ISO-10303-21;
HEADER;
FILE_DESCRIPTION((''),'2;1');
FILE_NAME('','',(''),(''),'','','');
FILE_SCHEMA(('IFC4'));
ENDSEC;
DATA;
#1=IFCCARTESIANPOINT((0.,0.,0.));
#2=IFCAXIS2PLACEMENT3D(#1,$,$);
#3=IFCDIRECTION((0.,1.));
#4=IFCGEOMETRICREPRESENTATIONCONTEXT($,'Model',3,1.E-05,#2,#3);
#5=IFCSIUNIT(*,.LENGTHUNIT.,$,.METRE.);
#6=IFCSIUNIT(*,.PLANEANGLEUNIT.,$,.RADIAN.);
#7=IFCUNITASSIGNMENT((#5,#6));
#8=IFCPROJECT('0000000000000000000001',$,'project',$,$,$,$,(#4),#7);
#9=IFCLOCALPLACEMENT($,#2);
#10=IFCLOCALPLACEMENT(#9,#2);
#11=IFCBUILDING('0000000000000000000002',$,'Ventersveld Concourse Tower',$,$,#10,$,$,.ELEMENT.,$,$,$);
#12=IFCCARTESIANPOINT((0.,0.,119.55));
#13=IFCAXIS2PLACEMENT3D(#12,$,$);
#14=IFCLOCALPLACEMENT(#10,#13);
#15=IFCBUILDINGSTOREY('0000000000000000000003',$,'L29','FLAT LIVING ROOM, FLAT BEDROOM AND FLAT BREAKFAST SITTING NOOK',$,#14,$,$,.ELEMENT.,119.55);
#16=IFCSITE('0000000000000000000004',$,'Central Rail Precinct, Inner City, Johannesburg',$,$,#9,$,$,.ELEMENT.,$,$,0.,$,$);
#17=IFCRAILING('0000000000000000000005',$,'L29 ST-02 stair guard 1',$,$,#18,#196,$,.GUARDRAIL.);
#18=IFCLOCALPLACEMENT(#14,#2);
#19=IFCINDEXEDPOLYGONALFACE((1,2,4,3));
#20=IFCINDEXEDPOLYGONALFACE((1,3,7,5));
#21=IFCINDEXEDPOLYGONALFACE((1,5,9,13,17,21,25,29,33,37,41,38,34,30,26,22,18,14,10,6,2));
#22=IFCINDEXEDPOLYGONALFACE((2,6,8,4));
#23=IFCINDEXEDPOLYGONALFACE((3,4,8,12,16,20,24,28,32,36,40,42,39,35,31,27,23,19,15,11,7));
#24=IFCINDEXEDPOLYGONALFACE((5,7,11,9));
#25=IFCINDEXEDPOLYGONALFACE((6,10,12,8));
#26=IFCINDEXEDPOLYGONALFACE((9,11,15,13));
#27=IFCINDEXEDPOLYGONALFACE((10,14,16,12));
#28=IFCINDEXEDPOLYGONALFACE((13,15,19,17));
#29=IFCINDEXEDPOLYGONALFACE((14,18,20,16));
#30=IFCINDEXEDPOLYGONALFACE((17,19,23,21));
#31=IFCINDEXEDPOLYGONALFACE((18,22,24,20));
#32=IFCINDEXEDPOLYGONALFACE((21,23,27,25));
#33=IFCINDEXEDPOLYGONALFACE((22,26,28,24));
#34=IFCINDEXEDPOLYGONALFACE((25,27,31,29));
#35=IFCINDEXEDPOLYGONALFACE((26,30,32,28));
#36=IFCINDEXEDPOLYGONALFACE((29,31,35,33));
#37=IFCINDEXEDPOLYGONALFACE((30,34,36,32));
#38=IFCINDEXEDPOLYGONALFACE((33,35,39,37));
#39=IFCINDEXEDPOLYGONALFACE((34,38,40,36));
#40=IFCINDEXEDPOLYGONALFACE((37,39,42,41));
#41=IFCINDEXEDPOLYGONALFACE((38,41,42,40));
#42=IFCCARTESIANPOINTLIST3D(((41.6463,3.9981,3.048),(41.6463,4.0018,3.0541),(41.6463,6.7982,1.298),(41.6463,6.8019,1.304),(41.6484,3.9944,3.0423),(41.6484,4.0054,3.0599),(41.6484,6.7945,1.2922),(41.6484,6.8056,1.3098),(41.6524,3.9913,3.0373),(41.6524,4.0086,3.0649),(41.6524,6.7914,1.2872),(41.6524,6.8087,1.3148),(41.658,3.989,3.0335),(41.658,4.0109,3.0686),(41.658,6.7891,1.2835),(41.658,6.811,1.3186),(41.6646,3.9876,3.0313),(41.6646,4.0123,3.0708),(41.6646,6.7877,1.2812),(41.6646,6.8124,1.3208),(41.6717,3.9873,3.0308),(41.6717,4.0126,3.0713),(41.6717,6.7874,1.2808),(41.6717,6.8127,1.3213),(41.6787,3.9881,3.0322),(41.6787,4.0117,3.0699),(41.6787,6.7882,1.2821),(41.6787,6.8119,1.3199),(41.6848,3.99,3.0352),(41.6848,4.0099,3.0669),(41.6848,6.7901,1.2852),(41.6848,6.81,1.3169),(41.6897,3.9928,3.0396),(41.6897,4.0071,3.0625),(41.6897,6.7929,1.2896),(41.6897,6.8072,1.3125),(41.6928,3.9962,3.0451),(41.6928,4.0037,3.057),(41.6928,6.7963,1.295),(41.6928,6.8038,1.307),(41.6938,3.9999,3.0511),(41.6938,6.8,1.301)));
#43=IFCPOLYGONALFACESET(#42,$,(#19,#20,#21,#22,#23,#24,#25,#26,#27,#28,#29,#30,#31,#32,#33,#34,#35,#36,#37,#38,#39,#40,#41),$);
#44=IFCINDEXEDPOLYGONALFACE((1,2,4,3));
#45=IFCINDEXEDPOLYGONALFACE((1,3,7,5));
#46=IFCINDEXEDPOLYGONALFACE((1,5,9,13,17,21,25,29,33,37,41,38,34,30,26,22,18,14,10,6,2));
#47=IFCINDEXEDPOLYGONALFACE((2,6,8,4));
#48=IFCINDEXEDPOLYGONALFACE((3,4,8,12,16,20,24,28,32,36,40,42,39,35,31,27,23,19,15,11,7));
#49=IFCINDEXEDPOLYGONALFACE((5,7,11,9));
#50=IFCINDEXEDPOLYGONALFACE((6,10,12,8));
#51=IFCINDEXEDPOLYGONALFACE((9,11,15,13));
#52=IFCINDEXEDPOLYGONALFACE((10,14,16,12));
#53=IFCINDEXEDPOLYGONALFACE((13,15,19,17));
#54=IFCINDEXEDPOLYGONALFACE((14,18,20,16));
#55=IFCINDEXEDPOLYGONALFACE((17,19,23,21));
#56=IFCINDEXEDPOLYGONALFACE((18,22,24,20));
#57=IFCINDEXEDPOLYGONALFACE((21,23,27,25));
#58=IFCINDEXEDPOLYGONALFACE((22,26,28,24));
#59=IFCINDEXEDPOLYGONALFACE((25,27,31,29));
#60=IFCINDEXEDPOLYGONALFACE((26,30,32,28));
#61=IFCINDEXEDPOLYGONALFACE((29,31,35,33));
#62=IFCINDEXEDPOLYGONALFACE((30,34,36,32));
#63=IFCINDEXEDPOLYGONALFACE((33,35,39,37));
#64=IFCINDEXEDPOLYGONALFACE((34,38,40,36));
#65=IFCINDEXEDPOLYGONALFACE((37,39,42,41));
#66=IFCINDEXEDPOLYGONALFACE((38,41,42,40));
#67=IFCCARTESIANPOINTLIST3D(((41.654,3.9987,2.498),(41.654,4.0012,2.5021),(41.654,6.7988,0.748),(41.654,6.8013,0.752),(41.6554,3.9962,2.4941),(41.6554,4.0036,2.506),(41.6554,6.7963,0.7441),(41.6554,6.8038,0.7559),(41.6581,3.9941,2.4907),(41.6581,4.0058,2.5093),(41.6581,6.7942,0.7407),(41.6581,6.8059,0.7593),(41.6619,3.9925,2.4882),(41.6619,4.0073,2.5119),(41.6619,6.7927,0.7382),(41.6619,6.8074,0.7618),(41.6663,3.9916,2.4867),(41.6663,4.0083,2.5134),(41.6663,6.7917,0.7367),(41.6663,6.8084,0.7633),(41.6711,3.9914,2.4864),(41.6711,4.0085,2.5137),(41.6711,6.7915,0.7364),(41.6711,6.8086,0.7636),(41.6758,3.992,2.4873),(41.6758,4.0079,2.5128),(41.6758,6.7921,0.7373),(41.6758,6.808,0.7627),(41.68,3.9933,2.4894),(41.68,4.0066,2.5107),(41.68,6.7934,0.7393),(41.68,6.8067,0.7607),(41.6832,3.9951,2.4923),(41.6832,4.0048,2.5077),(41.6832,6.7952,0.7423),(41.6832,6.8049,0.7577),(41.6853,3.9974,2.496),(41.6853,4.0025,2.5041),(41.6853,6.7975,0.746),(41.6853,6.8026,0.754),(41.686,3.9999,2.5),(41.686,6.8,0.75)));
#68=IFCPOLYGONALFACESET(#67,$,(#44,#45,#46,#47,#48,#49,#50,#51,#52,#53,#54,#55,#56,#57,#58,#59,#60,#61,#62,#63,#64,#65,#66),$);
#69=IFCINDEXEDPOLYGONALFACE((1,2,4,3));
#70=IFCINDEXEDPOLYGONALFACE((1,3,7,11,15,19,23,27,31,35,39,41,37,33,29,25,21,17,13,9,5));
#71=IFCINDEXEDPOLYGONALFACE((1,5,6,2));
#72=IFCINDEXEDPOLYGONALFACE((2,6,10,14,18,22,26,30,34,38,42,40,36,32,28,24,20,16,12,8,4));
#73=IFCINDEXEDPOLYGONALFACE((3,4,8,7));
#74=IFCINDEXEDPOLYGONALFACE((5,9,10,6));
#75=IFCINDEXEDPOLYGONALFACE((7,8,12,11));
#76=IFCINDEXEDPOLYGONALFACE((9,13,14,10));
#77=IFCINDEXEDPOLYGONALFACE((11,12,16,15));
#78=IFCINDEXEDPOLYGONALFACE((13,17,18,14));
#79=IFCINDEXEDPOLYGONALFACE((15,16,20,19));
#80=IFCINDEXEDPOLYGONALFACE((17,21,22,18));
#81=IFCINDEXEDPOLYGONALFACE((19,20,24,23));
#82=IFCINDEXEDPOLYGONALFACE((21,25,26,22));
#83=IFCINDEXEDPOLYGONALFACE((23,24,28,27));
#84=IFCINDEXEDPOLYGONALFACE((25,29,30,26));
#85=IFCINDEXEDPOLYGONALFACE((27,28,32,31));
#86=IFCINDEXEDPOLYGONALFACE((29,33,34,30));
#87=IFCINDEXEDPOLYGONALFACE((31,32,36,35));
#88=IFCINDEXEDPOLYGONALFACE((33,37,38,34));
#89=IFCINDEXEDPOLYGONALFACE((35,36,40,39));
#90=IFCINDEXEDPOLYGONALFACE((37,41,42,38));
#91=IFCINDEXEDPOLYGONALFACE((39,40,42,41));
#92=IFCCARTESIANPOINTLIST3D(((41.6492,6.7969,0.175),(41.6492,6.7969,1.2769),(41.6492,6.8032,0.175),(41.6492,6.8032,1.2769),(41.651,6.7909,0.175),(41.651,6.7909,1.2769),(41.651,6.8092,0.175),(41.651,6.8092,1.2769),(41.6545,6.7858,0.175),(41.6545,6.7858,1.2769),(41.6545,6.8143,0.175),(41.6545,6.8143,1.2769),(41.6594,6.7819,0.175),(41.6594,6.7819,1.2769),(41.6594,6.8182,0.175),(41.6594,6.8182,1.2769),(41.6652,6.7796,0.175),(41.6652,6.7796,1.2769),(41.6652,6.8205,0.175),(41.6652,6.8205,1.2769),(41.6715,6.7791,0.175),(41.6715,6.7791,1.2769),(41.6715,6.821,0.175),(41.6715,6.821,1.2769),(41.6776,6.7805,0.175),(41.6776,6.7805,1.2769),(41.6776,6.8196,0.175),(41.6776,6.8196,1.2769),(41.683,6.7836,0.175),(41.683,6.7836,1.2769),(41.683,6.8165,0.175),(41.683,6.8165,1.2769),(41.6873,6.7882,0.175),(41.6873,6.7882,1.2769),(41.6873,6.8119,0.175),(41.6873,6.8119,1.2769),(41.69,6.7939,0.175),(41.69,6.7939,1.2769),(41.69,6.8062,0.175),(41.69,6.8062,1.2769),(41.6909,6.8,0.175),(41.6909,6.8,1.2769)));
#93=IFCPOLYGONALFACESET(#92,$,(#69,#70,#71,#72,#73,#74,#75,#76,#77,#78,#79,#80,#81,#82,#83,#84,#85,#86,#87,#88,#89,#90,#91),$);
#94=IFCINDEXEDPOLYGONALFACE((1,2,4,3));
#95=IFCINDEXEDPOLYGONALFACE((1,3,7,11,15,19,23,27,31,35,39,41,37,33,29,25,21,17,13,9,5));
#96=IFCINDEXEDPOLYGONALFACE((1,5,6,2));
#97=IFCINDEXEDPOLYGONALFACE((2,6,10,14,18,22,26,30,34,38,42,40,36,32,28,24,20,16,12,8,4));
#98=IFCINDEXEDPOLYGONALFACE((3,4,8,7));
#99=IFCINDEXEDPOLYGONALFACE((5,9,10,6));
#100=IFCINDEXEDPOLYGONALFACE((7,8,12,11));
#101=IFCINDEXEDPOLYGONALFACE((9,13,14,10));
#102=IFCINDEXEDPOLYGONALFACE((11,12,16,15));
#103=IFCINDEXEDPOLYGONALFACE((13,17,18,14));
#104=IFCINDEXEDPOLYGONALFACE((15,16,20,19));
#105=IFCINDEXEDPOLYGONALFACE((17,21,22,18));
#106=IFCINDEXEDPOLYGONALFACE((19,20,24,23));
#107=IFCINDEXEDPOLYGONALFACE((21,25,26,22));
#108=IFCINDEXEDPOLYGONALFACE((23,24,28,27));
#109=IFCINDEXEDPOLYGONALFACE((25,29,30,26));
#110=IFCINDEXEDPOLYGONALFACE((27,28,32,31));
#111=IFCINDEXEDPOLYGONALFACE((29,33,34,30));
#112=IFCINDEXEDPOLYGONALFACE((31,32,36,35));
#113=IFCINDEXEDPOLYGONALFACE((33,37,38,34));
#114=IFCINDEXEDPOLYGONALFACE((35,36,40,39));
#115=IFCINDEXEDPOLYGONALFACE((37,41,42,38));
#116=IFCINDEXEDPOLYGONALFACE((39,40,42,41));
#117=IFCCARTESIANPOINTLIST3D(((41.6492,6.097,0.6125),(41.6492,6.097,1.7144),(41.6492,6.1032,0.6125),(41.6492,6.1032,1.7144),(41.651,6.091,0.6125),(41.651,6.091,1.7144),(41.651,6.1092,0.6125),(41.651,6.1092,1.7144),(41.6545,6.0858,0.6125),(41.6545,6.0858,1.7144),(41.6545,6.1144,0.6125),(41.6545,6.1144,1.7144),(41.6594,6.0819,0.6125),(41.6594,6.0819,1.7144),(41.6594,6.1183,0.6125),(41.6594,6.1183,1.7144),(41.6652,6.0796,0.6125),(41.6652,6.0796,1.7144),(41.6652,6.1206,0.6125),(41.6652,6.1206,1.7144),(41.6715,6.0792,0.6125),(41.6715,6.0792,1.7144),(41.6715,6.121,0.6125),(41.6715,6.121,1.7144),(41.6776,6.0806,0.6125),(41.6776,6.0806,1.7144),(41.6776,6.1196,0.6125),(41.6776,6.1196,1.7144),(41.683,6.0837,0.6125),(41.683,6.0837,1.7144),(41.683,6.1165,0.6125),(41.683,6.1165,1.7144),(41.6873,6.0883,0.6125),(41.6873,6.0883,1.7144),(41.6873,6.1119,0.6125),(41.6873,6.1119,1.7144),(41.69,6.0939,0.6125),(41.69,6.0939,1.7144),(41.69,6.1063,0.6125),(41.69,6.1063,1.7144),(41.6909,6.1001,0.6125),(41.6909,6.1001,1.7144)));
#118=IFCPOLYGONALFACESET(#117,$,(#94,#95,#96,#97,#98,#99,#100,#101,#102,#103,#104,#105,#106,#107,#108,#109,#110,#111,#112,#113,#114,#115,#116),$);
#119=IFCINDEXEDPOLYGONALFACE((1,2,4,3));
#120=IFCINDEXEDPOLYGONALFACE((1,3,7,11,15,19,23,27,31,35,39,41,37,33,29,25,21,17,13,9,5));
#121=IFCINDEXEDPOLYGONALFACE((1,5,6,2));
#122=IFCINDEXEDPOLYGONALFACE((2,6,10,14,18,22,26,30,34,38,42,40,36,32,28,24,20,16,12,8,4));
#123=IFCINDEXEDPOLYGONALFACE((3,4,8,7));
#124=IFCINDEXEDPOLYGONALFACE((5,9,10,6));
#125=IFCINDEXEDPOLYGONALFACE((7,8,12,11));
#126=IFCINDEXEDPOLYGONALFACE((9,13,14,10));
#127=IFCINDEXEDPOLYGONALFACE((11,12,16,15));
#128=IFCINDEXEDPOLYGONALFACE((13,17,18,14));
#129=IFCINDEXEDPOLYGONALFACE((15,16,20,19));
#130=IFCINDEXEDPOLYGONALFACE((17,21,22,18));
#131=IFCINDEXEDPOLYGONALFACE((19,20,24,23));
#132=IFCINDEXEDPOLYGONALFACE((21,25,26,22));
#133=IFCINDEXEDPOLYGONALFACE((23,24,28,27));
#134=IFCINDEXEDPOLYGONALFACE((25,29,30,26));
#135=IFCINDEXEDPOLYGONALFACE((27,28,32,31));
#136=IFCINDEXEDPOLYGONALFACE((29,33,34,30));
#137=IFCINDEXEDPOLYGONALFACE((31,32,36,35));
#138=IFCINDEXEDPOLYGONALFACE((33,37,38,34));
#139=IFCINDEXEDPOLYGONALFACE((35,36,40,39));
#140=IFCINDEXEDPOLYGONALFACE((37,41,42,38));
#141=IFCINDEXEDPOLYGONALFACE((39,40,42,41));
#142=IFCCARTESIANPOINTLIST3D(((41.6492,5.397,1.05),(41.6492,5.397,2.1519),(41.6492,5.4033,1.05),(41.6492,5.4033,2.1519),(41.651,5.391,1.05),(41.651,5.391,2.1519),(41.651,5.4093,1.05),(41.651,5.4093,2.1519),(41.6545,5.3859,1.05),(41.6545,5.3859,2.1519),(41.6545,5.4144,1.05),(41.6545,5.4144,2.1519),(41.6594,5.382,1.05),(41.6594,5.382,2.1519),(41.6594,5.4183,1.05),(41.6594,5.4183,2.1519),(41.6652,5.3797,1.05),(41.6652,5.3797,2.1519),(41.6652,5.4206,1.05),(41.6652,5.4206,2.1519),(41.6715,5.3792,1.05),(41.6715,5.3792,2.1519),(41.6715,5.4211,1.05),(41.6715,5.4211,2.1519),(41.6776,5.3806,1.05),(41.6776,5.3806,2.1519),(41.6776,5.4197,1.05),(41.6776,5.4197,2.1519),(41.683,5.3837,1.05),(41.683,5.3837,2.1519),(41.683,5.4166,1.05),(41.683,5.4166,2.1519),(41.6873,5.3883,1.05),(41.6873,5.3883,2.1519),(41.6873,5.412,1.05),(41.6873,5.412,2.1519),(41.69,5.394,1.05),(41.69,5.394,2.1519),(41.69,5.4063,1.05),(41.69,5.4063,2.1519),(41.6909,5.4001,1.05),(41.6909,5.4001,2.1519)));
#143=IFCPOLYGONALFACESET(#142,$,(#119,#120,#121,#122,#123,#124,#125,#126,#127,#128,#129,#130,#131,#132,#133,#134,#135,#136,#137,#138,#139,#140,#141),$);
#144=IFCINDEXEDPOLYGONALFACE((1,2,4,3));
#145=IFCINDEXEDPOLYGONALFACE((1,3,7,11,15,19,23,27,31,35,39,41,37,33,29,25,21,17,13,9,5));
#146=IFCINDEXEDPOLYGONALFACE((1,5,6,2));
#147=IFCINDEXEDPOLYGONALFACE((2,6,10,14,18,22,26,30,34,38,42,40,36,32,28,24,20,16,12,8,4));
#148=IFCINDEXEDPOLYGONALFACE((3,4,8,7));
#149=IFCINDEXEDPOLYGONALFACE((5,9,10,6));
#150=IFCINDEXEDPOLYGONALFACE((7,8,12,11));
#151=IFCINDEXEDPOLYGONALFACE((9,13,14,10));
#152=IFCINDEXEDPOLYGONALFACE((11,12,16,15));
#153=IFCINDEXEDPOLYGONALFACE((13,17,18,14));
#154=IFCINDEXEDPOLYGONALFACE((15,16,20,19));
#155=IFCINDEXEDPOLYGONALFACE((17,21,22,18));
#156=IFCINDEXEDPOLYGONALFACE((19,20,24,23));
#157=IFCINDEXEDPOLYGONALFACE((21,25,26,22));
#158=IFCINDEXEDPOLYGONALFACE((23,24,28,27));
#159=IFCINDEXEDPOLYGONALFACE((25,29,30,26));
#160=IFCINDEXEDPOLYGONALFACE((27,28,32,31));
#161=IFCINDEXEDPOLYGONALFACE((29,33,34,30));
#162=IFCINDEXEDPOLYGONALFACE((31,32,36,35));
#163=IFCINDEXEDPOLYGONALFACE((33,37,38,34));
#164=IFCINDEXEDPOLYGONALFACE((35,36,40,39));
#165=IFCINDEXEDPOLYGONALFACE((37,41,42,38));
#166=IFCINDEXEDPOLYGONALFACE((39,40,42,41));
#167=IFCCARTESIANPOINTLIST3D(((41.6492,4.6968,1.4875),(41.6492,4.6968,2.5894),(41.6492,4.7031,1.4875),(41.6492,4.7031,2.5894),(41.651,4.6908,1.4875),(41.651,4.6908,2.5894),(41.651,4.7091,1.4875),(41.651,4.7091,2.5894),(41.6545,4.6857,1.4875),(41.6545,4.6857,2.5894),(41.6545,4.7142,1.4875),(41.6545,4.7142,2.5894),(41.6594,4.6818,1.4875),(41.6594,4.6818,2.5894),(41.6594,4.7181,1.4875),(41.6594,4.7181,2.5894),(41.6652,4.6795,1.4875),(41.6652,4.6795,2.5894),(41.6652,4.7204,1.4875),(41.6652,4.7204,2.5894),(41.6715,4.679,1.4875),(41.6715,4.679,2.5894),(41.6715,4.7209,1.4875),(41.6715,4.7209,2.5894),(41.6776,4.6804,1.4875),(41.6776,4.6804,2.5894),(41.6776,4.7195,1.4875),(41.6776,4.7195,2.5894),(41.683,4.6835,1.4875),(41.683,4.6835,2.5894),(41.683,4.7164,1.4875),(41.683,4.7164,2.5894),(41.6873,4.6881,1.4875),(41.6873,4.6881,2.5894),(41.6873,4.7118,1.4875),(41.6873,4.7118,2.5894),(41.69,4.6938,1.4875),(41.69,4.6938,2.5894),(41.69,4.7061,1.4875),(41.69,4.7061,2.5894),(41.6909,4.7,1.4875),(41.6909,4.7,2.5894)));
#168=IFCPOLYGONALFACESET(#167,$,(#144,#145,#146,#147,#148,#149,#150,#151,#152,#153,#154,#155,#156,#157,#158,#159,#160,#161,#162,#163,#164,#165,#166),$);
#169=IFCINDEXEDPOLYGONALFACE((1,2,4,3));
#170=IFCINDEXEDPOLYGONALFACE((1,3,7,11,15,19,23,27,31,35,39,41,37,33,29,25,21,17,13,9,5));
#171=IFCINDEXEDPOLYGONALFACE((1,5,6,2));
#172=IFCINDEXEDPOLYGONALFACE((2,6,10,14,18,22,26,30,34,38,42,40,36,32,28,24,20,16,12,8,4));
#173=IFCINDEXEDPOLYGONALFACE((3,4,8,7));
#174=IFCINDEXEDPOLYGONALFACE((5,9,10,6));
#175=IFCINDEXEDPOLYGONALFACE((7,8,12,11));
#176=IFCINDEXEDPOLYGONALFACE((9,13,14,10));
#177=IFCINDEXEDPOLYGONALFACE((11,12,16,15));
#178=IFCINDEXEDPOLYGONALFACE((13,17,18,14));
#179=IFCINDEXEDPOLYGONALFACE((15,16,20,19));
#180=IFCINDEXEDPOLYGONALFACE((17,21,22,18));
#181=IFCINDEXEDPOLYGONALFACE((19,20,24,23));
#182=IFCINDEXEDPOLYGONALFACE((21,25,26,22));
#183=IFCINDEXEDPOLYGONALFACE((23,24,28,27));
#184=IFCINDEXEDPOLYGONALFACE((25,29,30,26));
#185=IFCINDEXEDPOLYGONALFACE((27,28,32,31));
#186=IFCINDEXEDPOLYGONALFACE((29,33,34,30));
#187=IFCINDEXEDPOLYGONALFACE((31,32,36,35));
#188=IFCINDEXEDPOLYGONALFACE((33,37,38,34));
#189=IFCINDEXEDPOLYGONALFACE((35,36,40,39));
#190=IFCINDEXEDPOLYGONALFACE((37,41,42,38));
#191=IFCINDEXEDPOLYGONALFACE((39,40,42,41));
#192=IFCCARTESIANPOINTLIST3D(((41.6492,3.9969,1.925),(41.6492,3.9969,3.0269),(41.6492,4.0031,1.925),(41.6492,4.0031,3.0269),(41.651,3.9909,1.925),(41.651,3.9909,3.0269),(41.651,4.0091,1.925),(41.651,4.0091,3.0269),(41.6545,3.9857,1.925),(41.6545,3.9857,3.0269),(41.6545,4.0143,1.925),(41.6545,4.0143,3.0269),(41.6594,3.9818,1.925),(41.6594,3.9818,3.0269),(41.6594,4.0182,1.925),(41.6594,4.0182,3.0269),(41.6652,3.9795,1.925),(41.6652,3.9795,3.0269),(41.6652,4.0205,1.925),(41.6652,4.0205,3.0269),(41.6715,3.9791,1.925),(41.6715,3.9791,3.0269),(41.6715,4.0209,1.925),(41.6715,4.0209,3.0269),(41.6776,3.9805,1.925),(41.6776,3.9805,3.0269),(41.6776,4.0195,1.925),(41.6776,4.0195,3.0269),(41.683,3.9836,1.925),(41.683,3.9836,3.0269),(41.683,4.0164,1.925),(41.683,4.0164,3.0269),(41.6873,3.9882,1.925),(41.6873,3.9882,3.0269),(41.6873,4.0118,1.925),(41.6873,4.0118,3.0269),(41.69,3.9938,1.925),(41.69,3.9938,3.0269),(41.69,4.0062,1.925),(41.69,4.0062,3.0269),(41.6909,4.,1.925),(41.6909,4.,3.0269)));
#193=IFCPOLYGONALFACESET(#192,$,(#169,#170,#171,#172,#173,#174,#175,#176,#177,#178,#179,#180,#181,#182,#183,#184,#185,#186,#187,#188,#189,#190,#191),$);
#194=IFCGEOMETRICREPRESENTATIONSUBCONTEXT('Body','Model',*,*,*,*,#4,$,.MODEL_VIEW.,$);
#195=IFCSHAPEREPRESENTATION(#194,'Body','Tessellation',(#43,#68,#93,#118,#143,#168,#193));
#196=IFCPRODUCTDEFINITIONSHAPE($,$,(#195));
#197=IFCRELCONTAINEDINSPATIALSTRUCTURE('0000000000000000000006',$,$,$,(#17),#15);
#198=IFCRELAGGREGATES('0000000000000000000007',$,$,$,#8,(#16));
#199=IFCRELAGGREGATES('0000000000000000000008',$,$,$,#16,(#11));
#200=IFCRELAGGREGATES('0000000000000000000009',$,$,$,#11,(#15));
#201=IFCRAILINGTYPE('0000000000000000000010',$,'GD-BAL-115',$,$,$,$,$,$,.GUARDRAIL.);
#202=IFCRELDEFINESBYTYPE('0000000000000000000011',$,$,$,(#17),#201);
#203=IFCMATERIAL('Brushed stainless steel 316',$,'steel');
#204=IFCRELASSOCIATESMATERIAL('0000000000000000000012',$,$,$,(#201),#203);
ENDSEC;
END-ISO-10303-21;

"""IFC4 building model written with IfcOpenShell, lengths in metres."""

from ifc_helpers import new_model, si_unit, direction, frame, origin, origin_2d, place, context, subcontext, project, spatial, circle, extrude, material, type_object, element, save


model = new_model("IFC4")

# Units and contexts
model_context = context("Model", 3, precision=1e-05, world=origin(), true_north=direction((0.0, 1.0)))
body_context = subcontext(model_context, "Body", "Model", "MODEL_VIEW")
ifc_project = project(units=[si_unit("LENGTHUNIT", "METRE"), si_unit("PLANEANGLEUNIT", "RADIAN")], contexts=[model_context])

# Site, building, storey
site_placement = place(None, origin())
site = spatial("IfcSite", under=ifc_project, at=site_placement, Name="Central Rail Precinct, Inner City, Johannesburg", CompositionType="ELEMENT", RefElevation=0.0)
building_placement = place(site_placement, origin())
building = spatial("IfcBuilding", under=site, at=building_placement, Name="Ventersveld Concourse Tower", CompositionType="ELEMENT")
storey_placement = place(building_placement, frame((0.0, 0.0, 119.55)))
storey = spatial("IfcBuildingStorey", under=building, at=storey_placement, Name="L29", Description="FLAT LIVING ROOM, FLAT BEDROOM AND FLAT BREAKFAST SITTING NOOK", CompositionType="ELEMENT", Elevation=119.55)

# Railing
ifc_material_1 = material(Name="Brushed stainless steel 316", Category="steel")
railing_type_1 = type_object("IfcRailingType", Name="GD-BAL-115", PredefinedType="GUARDRAIL", material=ifc_material_1)
railing_1_placement = place(storey_placement, frame((41.6699, 6.8, 0.175)))
element("IfcRailing", 1, at=railing_1_placement, inside=storey, type_object=railing_type_1, Name="L29 ST-02 stair guard 1", PredefinedType="GUARDRAIL", context=body_context, shape_type="SweptSolid", body=[
    extrude(circle(Radius=0.0239, at=origin_2d()), frame((0.0, 0.0, 1.126), z_axis=(0.0, -0.848002, 0.529992), x_axis=(1.0, 0.0, 0.0)), (0.0, 0.0, 1.0), 3.302),
    extrude(circle(Radius=0.0161, at=origin_2d()), frame((0.0, 0.0, 0.575), z_axis=(0.0, -0.848002, 0.529992), x_axis=(1.0, 0.0, 0.0)), (0.0, 0.0, 1.0), 3.302),
    extrude(circle(Radius=0.021, at=origin_2d()), origin(), (0.0, 0.0, 1.0), 1.1018),
    extrude(circle(Radius=0.021, at=origin_2d()), frame((0.0, -0.7, 0.4375)), (0.0, 0.0, 1.0), 1.1018),
    extrude(circle(Radius=0.021, at=origin_2d()), frame((0.0, -1.3999, 0.875)), (0.0, 0.0, 1.0), 1.1018),
    extrude(circle(Radius=0.021, at=origin_2d()), frame((0.0, -2.1001, 1.3125)), (0.0, 0.0, 1.0), 1.1018),
    extrude(circle(Radius=0.021, at=origin_2d()), frame((0.0, -2.8, 1.75)), (0.0, 0.0, 1.0), 1.1018),
])

save(model, "model.ifc")
